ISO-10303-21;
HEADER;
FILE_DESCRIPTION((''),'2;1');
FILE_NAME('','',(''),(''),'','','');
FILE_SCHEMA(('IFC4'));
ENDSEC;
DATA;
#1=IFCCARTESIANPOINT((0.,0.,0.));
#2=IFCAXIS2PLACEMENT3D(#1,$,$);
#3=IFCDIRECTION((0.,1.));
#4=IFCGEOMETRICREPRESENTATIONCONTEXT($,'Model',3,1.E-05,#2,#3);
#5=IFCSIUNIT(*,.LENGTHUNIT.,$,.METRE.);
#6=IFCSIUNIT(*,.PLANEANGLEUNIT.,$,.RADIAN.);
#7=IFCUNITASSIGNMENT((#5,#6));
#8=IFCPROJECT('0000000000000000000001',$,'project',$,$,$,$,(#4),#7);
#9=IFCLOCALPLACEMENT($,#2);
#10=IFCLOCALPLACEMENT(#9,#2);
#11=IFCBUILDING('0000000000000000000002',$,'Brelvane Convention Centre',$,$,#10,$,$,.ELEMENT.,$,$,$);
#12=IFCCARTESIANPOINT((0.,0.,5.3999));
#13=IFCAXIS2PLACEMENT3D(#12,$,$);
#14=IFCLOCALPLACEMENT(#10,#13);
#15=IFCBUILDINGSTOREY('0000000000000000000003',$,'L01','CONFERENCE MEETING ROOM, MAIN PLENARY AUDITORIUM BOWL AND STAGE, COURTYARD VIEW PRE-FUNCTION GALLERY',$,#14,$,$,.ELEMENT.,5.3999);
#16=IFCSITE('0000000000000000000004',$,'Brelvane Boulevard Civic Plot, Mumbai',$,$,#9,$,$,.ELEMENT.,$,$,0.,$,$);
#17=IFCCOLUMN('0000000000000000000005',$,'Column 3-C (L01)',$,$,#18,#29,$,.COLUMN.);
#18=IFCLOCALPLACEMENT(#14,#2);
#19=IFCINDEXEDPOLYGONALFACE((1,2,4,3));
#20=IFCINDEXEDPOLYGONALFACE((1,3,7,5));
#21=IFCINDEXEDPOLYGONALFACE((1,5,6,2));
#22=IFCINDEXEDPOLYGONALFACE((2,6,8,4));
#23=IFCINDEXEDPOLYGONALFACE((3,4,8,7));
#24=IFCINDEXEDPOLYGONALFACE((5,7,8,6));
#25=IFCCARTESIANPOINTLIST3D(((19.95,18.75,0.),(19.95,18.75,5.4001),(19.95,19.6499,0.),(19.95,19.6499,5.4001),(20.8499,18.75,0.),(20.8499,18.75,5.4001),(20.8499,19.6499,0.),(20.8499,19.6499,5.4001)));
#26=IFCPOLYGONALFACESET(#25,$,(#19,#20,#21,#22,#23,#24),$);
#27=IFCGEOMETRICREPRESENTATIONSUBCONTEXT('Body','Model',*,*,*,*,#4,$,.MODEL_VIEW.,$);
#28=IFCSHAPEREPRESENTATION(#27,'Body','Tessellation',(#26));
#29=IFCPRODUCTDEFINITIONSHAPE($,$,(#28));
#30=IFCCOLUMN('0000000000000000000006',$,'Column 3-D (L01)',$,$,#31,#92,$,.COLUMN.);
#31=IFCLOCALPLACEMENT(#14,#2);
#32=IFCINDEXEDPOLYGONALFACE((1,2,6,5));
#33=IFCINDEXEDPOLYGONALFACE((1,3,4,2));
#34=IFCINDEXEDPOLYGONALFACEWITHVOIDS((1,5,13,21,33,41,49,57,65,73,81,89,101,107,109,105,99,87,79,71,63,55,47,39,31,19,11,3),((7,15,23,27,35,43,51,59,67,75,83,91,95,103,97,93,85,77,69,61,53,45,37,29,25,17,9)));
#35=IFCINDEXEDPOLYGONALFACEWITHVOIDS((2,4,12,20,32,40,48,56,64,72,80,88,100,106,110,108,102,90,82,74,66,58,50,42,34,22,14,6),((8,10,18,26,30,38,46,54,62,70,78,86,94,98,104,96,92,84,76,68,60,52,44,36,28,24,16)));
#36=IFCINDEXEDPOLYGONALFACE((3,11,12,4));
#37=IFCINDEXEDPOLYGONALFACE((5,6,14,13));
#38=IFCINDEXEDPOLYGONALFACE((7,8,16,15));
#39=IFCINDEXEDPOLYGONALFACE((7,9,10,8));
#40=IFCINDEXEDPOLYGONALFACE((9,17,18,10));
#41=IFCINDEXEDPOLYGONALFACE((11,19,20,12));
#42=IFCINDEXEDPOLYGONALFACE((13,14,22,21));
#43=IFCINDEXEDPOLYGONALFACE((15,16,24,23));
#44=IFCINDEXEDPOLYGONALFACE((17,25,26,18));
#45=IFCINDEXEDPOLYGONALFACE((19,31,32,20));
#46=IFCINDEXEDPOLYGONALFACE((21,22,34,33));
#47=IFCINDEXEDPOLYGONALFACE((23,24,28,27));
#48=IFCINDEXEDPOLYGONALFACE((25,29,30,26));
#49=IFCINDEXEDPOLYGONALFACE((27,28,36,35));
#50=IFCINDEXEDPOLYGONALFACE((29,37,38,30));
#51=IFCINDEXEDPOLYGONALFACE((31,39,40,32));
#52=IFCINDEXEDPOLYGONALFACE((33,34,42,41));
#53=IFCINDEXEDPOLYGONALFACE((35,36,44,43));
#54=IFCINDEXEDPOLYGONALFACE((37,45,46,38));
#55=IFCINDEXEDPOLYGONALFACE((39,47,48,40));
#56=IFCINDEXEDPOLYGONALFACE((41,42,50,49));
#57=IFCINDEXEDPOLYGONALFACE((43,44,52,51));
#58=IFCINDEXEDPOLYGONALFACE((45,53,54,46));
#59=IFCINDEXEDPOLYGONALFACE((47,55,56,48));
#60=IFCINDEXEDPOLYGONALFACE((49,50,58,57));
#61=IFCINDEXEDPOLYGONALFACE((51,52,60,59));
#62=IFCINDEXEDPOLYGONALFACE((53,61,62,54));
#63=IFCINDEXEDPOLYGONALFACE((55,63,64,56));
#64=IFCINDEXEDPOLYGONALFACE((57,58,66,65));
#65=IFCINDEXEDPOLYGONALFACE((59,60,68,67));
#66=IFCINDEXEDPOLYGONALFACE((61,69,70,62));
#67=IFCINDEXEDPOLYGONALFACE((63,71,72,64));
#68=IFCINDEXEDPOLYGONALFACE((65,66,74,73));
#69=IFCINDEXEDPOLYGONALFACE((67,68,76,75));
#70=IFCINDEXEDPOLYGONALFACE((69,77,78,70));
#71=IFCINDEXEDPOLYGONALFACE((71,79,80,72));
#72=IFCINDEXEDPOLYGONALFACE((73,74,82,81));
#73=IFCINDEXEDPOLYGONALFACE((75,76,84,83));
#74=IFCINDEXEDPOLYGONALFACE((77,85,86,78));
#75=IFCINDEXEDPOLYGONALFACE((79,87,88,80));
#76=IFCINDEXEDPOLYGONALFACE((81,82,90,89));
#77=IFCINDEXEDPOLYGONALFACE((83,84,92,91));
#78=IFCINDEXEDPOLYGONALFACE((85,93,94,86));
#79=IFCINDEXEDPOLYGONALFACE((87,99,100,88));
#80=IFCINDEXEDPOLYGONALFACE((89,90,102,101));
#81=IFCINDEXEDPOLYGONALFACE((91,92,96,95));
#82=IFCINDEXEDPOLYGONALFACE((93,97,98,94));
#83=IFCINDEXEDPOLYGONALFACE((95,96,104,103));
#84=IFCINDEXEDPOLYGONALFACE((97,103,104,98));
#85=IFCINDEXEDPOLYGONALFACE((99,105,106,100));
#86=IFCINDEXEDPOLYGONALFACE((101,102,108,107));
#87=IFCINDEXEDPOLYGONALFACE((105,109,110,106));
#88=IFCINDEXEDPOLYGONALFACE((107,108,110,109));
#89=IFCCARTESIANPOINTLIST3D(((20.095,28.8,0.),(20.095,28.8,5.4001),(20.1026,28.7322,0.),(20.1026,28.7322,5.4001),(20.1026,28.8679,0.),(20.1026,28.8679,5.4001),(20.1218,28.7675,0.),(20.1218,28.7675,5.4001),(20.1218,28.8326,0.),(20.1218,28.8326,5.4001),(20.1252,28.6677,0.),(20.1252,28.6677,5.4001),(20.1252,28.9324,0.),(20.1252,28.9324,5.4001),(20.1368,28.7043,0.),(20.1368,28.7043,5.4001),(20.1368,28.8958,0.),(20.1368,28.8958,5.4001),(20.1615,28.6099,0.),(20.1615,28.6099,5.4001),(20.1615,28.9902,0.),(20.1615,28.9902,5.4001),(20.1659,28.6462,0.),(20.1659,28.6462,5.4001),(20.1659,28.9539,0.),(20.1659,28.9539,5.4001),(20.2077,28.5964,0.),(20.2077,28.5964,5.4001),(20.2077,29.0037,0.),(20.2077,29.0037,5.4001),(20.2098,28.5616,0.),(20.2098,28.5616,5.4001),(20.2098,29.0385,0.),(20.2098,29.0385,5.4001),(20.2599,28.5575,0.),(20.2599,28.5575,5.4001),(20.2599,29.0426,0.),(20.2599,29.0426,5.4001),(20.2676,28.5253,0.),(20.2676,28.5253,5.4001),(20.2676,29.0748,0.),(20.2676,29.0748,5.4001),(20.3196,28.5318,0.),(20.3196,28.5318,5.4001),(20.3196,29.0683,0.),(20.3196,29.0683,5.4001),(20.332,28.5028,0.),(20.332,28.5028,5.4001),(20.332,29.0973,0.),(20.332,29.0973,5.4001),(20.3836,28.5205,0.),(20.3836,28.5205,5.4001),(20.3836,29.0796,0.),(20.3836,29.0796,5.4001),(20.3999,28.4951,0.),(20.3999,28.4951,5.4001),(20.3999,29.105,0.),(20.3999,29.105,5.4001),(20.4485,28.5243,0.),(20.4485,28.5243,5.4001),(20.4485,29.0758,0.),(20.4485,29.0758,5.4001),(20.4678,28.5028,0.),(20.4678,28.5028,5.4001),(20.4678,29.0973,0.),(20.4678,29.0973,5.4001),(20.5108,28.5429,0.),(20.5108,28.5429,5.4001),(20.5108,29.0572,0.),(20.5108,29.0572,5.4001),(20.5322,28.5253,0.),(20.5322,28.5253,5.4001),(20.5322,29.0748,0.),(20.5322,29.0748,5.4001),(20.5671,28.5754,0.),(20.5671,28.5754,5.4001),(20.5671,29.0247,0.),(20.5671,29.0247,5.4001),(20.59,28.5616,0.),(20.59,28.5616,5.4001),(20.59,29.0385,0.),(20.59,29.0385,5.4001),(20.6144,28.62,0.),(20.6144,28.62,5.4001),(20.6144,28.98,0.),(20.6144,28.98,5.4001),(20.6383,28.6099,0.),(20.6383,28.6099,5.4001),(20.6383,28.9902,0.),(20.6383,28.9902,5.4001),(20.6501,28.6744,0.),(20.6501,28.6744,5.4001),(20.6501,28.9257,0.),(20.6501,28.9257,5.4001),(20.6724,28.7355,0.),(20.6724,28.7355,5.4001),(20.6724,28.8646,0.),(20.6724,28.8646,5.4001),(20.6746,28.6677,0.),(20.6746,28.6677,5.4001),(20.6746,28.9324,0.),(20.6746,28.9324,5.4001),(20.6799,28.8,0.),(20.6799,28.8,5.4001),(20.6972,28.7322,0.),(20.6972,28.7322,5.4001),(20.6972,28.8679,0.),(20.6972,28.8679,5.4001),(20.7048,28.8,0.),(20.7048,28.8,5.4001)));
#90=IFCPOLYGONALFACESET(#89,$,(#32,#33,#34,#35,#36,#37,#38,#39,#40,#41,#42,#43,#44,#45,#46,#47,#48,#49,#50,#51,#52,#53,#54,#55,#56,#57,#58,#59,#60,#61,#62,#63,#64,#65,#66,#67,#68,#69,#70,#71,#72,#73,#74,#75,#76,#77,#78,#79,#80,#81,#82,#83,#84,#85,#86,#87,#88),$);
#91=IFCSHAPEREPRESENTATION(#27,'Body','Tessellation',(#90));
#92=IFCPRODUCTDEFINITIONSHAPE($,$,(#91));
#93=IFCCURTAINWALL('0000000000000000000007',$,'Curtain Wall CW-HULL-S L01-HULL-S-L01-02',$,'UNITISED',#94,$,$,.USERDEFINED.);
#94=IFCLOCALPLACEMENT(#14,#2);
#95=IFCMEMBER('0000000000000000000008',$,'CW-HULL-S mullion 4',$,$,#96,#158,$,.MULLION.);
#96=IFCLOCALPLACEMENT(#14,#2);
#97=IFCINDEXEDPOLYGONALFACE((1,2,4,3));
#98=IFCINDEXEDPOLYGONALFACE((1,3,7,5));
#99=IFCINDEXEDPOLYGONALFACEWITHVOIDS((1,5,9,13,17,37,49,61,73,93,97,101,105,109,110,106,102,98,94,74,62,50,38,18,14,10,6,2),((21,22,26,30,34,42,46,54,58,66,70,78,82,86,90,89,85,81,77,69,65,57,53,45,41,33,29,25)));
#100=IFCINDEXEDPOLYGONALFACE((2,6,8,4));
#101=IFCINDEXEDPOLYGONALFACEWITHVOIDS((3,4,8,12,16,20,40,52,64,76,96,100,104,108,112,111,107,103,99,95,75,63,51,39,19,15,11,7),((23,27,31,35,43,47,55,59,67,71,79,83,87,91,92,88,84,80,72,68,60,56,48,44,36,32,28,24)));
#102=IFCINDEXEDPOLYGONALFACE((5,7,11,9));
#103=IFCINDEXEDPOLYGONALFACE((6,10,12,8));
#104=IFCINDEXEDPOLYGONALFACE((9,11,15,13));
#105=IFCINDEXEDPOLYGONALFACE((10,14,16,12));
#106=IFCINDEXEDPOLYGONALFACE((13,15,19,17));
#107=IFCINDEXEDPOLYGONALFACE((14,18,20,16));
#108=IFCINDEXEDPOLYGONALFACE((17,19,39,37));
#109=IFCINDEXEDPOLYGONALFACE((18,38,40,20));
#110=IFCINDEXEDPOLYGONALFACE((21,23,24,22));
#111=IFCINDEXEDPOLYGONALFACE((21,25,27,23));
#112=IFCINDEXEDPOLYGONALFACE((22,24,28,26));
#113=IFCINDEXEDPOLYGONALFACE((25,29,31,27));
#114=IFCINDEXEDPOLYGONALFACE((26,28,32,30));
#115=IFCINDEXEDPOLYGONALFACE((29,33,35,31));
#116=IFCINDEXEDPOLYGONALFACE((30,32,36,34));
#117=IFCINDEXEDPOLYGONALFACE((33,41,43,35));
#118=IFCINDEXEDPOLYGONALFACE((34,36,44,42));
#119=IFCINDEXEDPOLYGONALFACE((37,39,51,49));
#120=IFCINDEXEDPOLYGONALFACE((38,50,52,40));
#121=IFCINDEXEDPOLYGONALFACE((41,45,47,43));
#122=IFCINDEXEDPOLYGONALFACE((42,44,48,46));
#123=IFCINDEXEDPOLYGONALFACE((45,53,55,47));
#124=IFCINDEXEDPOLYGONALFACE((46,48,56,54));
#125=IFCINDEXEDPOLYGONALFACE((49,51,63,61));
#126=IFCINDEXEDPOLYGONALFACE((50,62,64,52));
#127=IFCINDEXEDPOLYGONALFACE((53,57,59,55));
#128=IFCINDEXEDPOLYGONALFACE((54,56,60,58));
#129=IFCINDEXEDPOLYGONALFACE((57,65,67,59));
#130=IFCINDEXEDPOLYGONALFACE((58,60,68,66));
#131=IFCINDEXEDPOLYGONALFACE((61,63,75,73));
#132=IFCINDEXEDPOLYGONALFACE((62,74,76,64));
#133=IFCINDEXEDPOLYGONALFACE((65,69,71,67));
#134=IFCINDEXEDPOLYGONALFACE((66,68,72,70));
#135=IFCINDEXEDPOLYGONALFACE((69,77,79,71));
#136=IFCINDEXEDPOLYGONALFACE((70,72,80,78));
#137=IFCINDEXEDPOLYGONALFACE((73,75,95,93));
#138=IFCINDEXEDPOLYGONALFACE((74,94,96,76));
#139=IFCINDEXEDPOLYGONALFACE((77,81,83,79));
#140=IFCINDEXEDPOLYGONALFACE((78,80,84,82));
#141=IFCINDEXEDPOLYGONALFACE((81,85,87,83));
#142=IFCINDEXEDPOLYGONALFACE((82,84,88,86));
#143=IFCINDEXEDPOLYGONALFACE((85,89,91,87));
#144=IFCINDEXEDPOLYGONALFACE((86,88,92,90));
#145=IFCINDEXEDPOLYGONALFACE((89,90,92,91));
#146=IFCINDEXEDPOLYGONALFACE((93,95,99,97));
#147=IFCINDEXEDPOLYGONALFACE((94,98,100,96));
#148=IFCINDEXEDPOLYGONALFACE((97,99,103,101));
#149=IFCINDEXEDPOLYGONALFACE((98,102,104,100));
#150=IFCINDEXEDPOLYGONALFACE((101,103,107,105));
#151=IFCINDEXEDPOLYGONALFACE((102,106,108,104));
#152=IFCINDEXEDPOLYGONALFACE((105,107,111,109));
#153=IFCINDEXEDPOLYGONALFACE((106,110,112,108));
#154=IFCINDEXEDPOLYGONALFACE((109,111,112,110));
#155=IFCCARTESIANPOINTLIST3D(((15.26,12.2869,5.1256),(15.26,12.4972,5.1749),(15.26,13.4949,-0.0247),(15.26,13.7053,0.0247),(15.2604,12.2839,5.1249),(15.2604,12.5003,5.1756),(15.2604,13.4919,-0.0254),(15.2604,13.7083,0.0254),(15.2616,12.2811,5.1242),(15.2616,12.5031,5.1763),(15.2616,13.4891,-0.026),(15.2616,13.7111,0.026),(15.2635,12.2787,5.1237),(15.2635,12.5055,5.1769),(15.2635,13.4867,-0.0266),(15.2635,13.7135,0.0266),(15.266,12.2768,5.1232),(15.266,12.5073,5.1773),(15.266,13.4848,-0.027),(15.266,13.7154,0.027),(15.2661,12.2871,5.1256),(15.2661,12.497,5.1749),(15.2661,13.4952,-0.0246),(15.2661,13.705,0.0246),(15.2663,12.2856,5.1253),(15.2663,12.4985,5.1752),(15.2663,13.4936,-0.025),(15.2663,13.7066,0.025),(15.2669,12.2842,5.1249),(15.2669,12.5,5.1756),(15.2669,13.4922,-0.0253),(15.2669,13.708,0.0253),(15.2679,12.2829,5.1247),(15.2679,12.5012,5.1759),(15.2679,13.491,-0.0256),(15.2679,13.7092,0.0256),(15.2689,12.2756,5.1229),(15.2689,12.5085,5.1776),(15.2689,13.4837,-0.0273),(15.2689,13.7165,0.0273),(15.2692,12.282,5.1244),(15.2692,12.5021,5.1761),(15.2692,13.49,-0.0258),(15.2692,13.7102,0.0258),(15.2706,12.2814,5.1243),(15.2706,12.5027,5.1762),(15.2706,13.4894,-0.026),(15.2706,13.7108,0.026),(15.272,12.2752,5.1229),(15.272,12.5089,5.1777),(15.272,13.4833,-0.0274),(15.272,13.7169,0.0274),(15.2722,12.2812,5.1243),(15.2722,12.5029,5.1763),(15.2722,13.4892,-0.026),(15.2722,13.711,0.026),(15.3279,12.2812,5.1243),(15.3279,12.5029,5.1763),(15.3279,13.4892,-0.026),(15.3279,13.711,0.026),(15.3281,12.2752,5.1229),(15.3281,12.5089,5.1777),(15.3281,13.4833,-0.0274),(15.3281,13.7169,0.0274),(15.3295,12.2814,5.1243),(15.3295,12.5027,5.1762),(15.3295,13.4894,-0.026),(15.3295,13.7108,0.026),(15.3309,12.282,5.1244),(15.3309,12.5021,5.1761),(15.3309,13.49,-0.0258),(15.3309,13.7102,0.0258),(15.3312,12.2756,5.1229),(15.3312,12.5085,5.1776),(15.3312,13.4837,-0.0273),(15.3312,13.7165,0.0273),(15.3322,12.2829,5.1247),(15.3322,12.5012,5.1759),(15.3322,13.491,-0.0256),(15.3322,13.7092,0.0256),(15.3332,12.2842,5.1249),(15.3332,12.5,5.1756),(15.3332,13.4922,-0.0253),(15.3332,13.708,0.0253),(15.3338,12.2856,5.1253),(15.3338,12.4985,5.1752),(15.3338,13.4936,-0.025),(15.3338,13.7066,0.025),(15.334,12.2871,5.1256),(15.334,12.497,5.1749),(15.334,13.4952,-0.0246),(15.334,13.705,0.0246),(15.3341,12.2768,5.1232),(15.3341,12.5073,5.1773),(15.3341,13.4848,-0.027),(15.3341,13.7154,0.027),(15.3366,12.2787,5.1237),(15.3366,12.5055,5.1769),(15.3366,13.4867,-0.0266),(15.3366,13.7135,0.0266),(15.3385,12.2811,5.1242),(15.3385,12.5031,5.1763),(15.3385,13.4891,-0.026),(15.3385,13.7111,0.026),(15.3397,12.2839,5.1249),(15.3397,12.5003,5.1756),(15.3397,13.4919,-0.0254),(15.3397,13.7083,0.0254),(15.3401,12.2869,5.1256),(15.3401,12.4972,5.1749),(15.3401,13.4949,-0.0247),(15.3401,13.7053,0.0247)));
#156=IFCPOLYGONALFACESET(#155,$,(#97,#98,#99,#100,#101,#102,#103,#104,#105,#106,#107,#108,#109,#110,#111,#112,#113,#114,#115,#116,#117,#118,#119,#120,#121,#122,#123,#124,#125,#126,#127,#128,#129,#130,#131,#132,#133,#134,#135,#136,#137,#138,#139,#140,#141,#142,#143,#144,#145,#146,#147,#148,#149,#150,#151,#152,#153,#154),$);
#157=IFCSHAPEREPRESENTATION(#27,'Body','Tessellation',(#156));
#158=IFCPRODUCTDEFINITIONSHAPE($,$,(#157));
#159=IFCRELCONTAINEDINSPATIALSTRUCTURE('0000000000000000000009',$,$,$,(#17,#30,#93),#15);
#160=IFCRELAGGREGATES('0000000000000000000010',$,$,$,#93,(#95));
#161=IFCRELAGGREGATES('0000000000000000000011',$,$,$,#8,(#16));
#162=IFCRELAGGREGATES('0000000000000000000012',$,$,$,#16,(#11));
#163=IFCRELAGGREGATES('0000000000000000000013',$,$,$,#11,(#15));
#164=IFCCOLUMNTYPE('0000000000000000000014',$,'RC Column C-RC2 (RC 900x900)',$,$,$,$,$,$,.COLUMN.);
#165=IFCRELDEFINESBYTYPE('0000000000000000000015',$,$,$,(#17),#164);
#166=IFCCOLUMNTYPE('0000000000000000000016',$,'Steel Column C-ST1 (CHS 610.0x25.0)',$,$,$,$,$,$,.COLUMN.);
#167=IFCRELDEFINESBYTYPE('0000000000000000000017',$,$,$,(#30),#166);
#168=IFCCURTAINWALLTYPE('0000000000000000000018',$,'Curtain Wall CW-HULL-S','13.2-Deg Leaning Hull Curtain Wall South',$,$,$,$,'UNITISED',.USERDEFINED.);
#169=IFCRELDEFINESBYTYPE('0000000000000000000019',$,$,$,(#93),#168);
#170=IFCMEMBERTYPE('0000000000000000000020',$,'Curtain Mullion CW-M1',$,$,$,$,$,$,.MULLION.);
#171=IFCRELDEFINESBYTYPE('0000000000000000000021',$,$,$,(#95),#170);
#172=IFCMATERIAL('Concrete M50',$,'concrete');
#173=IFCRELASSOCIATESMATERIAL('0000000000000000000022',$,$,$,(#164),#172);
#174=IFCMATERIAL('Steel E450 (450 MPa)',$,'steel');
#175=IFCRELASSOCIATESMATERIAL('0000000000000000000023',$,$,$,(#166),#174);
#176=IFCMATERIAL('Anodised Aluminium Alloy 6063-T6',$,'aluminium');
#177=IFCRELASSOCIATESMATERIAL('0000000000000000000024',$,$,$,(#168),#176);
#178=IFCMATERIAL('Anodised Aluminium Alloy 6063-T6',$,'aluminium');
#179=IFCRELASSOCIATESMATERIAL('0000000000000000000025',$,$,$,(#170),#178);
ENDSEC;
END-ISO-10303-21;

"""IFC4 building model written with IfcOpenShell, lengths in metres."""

from ifc_helpers import new_model, si_unit, direction, frame, origin, origin_2d, place, context, subcontext, project, spatial, rectangle, hollow_rectangle, hollow_circle, extrude, material, material_profile, profile_set, type_object, element, aggregate, save


model = new_model("IFC4")

# Units and contexts
model_context = context("Model", 3, precision=1e-05, world=origin(), true_north=direction((0.0, 1.0)))
body_context = subcontext(model_context, "Body", "Model", "MODEL_VIEW")
ifc_project = project(units=[si_unit("LENGTHUNIT", "METRE"), si_unit("PLANEANGLEUNIT", "RADIAN")], contexts=[model_context])

# Site, building, storey
site_placement = place(None, origin())
site = spatial("IfcSite", under=ifc_project, at=site_placement, Name="Brelvane Boulevard Civic Plot, Mumbai", CompositionType="ELEMENT", RefElevation=0.0)
building_placement = place(site_placement, origin())
building = spatial("IfcBuilding", under=site, at=building_placement, Name="Brelvane Convention Centre", CompositionType="ELEMENT")
storey_placement = place(building_placement, frame((0.0, 0.0, 5.3999)))
storey = spatial("IfcBuildingStorey", under=building, at=storey_placement, Name="L01", Description="CONFERENCE MEETING ROOM, MAIN PLENARY AUDITORIUM BOWL AND STAGE, COURTYARD VIEW PRE-FUNCTION GALLERY", CompositionType="ELEMENT", Elevation=5.3999)

# Columns
ifc_material_1 = material(Name="Concrete M50", Category="concrete")
ifc_material_profile_1 = material_profile(ifc_material_1, rectangle(XDim=0.8999, YDim=0.8999, at=origin_2d()), Name="RC 900x900")
ifc_profile_set_1 = profile_set([ifc_material_profile_1], Name="Concrete M50")
column_type_1 = type_object("IfcColumnType", Name="RC Column C-RC2 (RC 900x900)", PredefinedType="COLUMN", material=ifc_profile_set_1)
column_1_placement = place(storey_placement, frame((20.3999, 19.2, 0.0), z_axis=(0.0, 0.0, 1.0), x_axis=(1.0, 0.0, 0.0)))
element("IfcColumn", 1, at=column_1_placement, inside=storey, type_object=column_type_1, Name="Column 3-C (L01)", PredefinedType="COLUMN", context=body_context, shape_type="SweptSolid", body=[
    extrude(rectangle(XDim=0.8999, YDim=0.8999, at=origin_2d()), origin(), (0.0, 0.0, 1.0), 5.4001),
])
ifc_material_2 = material(Name="Steel E450 (450 MPa)", Category="steel")
ifc_material_profile_2 = material_profile(ifc_material_2, hollow_circle(Radius=0.3049, WallThickness=0.0249, at=origin_2d()), Name="CHS 610.0x25.0")
ifc_profile_set_2 = profile_set([ifc_material_profile_2], Name="Steel E450 (450 MPa)")
column_type_2 = type_object("IfcColumnType", Name="Steel Column C-ST1 (CHS 610.0x25.0)", PredefinedType="COLUMN", material=ifc_profile_set_2)
column_2_placement = place(storey_placement, frame((20.3999, 28.8, 0.0), z_axis=(0.0, 0.0, 1.0), x_axis=(1.0, 0.0, 0.0)))
element("IfcColumn", 2, at=column_2_placement, inside=storey, type_object=column_type_2, Name="Column 3-D (L01)", PredefinedType="COLUMN", context=body_context, shape_type="SweptSolid", body=[
    extrude(hollow_circle(Radius=0.3049, WallThickness=0.0249, at=origin_2d()), origin(), (0.0, 0.0, 1.0), 5.4001),
])

# Curtain wall, member
ifc_material_3 = material(Name="Anodised Aluminium Alloy 6063-T6", Category="aluminium")
curtain_wall_type = type_object("IfcCurtainWallType", Name="Curtain Wall CW-HULL-S", Description="13.2-Deg Leaning Hull Curtain Wall South", ElementType="UNITISED", PredefinedType="USERDEFINED", material=ifc_material_3)
curtain_wall_1_placement = place(storey_placement, origin())
curtain_wall_1 = element("IfcCurtainWall", 3, at=curtain_wall_1_placement, inside=storey, type_object=curtain_wall_type, Name="Curtain Wall CW-HULL-S L01-HULL-S-L01-02", ObjectType="UNITISED", PredefinedType="USERDEFINED")
ifc_material_4 = material(Name="Anodised Aluminium Alloy 6063-T6", Category="aluminium")
ifc_material_profile_3 = material_profile(ifc_material_4, hollow_rectangle(XDim=0.0801, YDim=0.24, WallThickness=0.0061, InnerFilletRadius=0.0061, OuterFilletRadius=0.012, at=origin_2d()), Name="ALU-M 240x80x6.0")
ifc_profile_set_3 = profile_set([ifc_material_profile_3], Name="Anodised Aluminium Alloy 6063-T6")
member_type_1 = type_object("IfcMemberType", Name="Curtain Mullion CW-M1", PredefinedType="MULLION", material=ifc_profile_set_3)
member_1_placement = place(storey_placement, frame((15.3, 13.6001, 0.0), z_axis=(0.0, -0.22836, 0.973577), x_axis=(1.0, 0.0, 0.0)))
member_1 = element("IfcMember", 4, at=member_1_placement, type_object=member_type_1, Name="CW-HULL-S mullion 4", PredefinedType="MULLION", context=body_context, shape_type="SweptSolid", body=[
    extrude(hollow_rectangle(XDim=0.0801, YDim=0.24, WallThickness=0.0061, InnerFilletRadius=0.0061, OuterFilletRadius=0.012, at=origin_2d()), origin(), (0.0, 0.0, 1.0), 5.29),
])

aggregate(curtain_wall_1, [member_1])

save(model, "model.ifc")
